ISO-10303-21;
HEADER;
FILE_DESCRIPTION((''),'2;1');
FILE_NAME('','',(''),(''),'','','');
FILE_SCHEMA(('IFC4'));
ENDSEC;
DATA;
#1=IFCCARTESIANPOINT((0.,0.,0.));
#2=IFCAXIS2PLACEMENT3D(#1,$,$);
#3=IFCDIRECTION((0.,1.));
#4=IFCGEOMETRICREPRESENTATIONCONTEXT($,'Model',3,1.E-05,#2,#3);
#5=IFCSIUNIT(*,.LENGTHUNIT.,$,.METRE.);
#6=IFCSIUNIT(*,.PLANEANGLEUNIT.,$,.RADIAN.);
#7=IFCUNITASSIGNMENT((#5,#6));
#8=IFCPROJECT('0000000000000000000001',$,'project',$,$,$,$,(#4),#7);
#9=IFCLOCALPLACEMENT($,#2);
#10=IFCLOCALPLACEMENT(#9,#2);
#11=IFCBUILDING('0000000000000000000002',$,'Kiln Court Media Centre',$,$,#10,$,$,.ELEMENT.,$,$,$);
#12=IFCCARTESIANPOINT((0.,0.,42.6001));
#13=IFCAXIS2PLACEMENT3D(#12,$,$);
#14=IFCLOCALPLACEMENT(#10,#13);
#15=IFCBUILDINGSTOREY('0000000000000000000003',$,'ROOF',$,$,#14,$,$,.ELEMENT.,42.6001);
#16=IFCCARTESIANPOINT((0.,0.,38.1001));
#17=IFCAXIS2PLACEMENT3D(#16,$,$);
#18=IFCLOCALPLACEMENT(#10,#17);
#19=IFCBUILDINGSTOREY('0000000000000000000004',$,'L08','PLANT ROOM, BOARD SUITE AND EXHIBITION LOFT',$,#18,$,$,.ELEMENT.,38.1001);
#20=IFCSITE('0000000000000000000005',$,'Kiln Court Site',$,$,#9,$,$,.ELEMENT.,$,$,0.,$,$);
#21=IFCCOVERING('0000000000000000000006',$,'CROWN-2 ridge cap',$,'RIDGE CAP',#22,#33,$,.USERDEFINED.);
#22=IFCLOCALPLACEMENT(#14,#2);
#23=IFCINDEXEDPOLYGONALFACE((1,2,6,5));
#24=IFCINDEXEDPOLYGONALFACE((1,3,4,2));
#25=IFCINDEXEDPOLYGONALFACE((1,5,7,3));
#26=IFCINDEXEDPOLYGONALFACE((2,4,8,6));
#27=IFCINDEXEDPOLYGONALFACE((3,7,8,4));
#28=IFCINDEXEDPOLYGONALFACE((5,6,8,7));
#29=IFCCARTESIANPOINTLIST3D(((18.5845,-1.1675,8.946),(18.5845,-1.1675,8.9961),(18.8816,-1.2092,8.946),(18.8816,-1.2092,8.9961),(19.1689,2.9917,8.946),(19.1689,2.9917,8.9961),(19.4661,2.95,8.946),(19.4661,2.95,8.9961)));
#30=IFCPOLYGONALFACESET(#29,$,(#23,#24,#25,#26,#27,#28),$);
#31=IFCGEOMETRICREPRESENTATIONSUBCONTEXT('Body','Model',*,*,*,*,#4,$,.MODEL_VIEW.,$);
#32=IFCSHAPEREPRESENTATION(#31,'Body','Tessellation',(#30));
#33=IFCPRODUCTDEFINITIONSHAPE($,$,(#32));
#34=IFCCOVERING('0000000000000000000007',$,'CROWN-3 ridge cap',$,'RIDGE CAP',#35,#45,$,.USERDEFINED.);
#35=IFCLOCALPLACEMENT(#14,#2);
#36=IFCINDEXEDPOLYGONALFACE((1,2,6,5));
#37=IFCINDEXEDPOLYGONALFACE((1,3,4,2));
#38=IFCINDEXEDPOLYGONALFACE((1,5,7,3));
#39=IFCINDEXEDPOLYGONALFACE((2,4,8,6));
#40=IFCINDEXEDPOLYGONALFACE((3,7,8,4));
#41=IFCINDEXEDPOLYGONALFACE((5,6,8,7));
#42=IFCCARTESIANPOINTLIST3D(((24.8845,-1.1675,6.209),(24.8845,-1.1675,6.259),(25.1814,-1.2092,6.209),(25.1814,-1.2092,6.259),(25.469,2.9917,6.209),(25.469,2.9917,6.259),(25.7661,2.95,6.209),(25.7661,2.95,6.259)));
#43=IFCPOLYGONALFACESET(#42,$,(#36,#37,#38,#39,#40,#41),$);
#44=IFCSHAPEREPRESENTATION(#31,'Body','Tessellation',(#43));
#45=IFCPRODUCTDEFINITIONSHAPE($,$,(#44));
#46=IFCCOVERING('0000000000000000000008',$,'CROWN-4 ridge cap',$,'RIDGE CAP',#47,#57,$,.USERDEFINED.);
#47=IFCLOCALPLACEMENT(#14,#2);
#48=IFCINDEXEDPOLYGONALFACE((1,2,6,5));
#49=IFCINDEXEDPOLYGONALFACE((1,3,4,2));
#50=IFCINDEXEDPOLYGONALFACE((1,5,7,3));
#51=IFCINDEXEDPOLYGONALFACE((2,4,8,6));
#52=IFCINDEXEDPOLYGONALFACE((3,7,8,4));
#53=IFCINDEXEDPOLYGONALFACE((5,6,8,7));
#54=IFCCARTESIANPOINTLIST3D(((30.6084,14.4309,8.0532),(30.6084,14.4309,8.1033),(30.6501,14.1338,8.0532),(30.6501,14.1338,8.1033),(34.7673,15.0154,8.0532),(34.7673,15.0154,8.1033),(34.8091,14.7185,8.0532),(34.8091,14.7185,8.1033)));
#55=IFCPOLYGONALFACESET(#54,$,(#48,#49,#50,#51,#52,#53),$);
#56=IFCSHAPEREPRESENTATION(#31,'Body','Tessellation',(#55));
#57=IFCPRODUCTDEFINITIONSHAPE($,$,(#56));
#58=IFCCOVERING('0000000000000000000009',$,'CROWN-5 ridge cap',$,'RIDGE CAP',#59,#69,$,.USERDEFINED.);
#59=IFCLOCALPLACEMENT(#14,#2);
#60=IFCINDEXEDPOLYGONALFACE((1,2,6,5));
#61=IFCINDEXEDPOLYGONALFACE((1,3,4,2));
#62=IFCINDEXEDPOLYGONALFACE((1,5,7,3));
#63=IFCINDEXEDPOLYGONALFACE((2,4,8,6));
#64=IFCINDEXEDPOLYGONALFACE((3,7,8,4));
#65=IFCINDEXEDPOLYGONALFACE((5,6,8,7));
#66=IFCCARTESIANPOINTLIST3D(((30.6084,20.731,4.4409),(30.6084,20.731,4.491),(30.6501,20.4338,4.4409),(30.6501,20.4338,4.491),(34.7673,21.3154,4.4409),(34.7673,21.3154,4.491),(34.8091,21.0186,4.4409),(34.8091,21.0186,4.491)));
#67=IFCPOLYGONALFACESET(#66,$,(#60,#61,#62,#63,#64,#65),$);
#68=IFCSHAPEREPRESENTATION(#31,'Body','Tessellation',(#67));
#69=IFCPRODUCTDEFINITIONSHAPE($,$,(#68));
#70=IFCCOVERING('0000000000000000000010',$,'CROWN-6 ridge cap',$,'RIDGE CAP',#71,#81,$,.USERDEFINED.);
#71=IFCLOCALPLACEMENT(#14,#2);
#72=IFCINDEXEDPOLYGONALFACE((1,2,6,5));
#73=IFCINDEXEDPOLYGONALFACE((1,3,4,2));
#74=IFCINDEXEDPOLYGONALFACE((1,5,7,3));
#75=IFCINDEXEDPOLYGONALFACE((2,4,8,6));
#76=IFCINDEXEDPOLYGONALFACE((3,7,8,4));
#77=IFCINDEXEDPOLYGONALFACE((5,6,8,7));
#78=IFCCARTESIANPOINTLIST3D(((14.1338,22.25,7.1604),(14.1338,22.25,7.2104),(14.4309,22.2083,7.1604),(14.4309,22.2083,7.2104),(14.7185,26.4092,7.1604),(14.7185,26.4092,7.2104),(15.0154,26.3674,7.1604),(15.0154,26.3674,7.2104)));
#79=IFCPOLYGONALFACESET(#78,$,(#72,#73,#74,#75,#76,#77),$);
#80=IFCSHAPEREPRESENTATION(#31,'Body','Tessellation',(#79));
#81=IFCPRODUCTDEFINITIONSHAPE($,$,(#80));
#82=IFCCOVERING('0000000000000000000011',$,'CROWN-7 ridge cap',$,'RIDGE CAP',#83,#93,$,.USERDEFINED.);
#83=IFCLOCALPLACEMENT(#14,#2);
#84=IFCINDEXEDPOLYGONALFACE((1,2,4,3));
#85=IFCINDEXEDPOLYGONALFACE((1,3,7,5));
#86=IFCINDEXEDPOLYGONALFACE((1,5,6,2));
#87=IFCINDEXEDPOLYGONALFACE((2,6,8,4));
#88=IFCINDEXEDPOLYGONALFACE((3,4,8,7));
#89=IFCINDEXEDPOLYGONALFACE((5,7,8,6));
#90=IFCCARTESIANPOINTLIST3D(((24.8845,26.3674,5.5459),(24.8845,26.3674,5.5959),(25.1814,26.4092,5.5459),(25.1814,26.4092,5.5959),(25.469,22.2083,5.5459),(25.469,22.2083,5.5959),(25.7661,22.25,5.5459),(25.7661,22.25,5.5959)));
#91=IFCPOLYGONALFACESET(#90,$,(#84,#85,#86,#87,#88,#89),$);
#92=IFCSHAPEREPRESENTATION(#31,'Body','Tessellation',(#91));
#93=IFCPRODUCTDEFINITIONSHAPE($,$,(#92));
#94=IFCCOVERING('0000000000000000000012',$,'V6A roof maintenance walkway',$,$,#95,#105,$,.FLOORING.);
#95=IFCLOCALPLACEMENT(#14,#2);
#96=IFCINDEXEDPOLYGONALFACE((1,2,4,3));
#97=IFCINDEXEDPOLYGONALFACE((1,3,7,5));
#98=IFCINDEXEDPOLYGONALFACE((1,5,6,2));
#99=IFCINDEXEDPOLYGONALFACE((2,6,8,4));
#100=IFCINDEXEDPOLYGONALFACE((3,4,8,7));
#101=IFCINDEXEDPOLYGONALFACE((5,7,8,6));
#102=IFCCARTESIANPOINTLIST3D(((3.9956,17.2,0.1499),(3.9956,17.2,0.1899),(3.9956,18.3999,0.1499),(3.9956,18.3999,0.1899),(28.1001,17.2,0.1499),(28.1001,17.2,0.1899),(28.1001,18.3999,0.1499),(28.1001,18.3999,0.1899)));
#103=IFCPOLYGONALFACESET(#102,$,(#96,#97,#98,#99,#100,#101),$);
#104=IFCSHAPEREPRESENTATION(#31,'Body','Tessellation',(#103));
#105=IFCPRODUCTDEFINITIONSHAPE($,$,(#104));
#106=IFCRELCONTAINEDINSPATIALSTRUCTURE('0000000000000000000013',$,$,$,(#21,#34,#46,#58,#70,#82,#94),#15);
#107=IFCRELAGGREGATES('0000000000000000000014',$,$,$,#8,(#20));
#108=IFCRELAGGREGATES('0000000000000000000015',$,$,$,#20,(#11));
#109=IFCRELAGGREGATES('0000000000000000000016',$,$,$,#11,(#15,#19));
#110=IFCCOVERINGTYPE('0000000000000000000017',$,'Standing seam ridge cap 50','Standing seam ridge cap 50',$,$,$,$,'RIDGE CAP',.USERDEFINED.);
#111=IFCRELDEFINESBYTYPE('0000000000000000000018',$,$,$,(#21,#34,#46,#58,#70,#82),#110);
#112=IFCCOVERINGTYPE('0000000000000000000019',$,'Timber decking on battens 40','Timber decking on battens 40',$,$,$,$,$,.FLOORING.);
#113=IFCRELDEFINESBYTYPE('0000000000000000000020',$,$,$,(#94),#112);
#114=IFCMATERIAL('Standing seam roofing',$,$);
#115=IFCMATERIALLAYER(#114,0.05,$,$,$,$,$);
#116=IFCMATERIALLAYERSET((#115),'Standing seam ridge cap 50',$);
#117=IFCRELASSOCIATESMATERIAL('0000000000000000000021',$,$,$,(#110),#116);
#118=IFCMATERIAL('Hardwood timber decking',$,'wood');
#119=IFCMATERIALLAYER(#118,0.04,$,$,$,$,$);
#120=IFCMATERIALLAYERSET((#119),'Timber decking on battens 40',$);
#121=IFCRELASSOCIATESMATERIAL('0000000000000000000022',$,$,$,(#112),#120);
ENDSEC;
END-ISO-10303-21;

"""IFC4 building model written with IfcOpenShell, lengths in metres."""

from ifc_helpers import new_model, si_unit, direction, frame, origin, place, context, subcontext, project, spatial, polyline, outline, extrude, material, layer, layer_set, type_object, element, save


model = new_model("IFC4")

# Units and contexts
model_context = context("Model", 3, precision=1e-05, world=origin(), true_north=direction((0.0, 1.0)))
body_context = subcontext(model_context, "Body", "Model", "MODEL_VIEW")
ifc_project = project(units=[si_unit("LENGTHUNIT", "METRE"), si_unit("PLANEANGLEUNIT", "RADIAN")], contexts=[model_context])

# Site, building, storey
site_placement = place(None, origin())
site = spatial("IfcSite", under=ifc_project, at=site_placement, Name="Kiln Court Site", CompositionType="ELEMENT", RefElevation=0.0)
building_placement = place(site_placement, origin())
building = spatial("IfcBuilding", under=site, at=building_placement, Name="Kiln Court Media Centre", CompositionType="ELEMENT")
storey_1_placement = place(building_placement, frame((0.0, 0.0, 42.6001)))
storey_1 = spatial("IfcBuildingStorey", under=building, at=storey_1_placement, Name="ROOF", CompositionType="ELEMENT", Elevation=42.6001)

# Shared definitions
storey_2_placement = place(building_placement, frame((0.0, 0.0, 38.1001)))
storey_2 = spatial("IfcBuildingStorey", under=building, at=storey_2_placement, Name="L08", Description="PLANT ROOM, BOARD SUITE AND EXHIBITION LOFT", CompositionType="ELEMENT", Elevation=38.1001)

# Coverings
ifc_material_1 = material(Name="Standing seam roofing")
ifc_layer_1 = layer(ifc_material_1, 0.05)
ifc_layer_set_1 = layer_set([ifc_layer_1], Name="Standing seam ridge cap 50")
covering_type_1 = type_object("IfcCoveringType", Name="Standing seam ridge cap 50", Description="Standing seam ridge cap 50", ElementType="RIDGE CAP", PredefinedType="USERDEFINED", material=ifc_layer_set_1)
covering_1_placement = place(storey_1_placement, frame((0.0, 0.0, 8.946)))
element("IfcCovering", 1, at=covering_1_placement, inside=storey_1, type_object=covering_type_1, Name="CROWN-2 ridge cap", ObjectType="RIDGE CAP", PredefinedType="USERDEFINED", context=body_context, shape_type="SweptSolid", body=[
    extrude(outline(polyline([(19.1689, 2.9917), (19.4661, 2.95), (18.8816, -1.2092), (18.5845, -1.1675), (19.1689, 2.9917)])), origin(), (0.0, 0.0, 1.0), 0.05),
])
covering_2_placement = place(storey_1_placement, frame((0.0, 0.0, 6.209)))
element("IfcCovering", 2, at=covering_2_placement, inside=storey_1, type_object=covering_type_1, Name="CROWN-3 ridge cap", ObjectType="RIDGE CAP", PredefinedType="USERDEFINED", context=body_context, shape_type="SweptSolid", body=[
    extrude(outline(polyline([(25.469, 2.9917), (25.7661, 2.95), (25.1814, -1.2092), (24.8845, -1.1675), (25.469, 2.9917)])), origin(), (0.0, 0.0, 1.0), 0.05),
])
covering_3_placement = place(storey_1_placement, frame((0.0, 0.0, 8.0532)))
element("IfcCovering", 3, at=covering_3_placement, inside=storey_1, type_object=covering_type_1, Name="CROWN-4 ridge cap", ObjectType="RIDGE CAP", PredefinedType="USERDEFINED", context=body_context, shape_type="SweptSolid", body=[
    extrude(outline(polyline([(30.6501, 14.1338), (30.6084, 14.4309), (34.7673, 15.0154), (34.8091, 14.7185), (30.6501, 14.1338)])), origin(), (0.0, 0.0, 1.0), 0.05),
])
covering_4_placement = place(storey_1_placement, frame((0.0, 0.0, 4.4409)))
element("IfcCovering", 4, at=covering_4_placement, inside=storey_1, type_object=covering_type_1, Name="CROWN-5 ridge cap", ObjectType="RIDGE CAP", PredefinedType="USERDEFINED", context=body_context, shape_type="SweptSolid", body=[
    extrude(outline(polyline([(30.6501, 20.4338), (30.6084, 20.731), (34.7673, 21.3154), (34.8091, 21.0186), (30.6501, 20.4338)])), origin(), (0.0, 0.0, 1.0), 0.05),
])
covering_5_placement = place(storey_1_placement, frame((0.0, 0.0, 7.1604)))
element("IfcCovering", 5, at=covering_5_placement, inside=storey_1, type_object=covering_type_1, Name="CROWN-6 ridge cap", ObjectType="RIDGE CAP", PredefinedType="USERDEFINED", context=body_context, shape_type="SweptSolid", body=[
    extrude(outline(polyline([(14.1338, 22.25), (14.4309, 22.2083), (15.0154, 26.3674), (14.7185, 26.4092), (14.1338, 22.25)])), origin(), (0.0, 0.0, 1.0), 0.05),
])
covering_6_placement = place(storey_1_placement, frame((0.0, 0.0, 5.5459)))
element("IfcCovering", 6, at=covering_6_placement, inside=storey_1, type_object=covering_type_1, Name="CROWN-7 ridge cap", ObjectType="RIDGE CAP", PredefinedType="USERDEFINED", context=body_context, shape_type="SweptSolid", body=[
    extrude(outline(polyline([(25.469, 22.2083), (25.7661, 22.25), (25.1814, 26.4092), (24.8845, 26.3674), (25.469, 22.2083)])), origin(), (0.0, 0.0, 1.0), 0.05),
])
ifc_material_2 = material(Name="Hardwood timber decking", Category="wood")
ifc_layer_2 = layer(ifc_material_2, 0.04)
ifc_layer_set_2 = layer_set([ifc_layer_2], Name="Timber decking on battens 40")
covering_type_2 = type_object("IfcCoveringType", Name="Timber decking on battens 40", Description="Timber decking on battens 40", PredefinedType="FLOORING", material=ifc_layer_set_2)
covering_7_placement = place(storey_1_placement, frame((0.0, 0.0, 0.1499)))
element("IfcCovering", 7, at=covering_7_placement, inside=storey_1, type_object=covering_type_2, Name="V6A roof maintenance walkway", PredefinedType="FLOORING", context=body_context, shape_type="SweptSolid", body=[
    extrude(outline(polyline([(28.1001, 18.3999), (28.1001, 17.2), (3.9956, 17.2), (3.9956, 18.3999), (28.1001, 18.3999)])), origin(), (0.0, 0.0, 1.0), 0.04),
])

save(model, "model.ifc")
